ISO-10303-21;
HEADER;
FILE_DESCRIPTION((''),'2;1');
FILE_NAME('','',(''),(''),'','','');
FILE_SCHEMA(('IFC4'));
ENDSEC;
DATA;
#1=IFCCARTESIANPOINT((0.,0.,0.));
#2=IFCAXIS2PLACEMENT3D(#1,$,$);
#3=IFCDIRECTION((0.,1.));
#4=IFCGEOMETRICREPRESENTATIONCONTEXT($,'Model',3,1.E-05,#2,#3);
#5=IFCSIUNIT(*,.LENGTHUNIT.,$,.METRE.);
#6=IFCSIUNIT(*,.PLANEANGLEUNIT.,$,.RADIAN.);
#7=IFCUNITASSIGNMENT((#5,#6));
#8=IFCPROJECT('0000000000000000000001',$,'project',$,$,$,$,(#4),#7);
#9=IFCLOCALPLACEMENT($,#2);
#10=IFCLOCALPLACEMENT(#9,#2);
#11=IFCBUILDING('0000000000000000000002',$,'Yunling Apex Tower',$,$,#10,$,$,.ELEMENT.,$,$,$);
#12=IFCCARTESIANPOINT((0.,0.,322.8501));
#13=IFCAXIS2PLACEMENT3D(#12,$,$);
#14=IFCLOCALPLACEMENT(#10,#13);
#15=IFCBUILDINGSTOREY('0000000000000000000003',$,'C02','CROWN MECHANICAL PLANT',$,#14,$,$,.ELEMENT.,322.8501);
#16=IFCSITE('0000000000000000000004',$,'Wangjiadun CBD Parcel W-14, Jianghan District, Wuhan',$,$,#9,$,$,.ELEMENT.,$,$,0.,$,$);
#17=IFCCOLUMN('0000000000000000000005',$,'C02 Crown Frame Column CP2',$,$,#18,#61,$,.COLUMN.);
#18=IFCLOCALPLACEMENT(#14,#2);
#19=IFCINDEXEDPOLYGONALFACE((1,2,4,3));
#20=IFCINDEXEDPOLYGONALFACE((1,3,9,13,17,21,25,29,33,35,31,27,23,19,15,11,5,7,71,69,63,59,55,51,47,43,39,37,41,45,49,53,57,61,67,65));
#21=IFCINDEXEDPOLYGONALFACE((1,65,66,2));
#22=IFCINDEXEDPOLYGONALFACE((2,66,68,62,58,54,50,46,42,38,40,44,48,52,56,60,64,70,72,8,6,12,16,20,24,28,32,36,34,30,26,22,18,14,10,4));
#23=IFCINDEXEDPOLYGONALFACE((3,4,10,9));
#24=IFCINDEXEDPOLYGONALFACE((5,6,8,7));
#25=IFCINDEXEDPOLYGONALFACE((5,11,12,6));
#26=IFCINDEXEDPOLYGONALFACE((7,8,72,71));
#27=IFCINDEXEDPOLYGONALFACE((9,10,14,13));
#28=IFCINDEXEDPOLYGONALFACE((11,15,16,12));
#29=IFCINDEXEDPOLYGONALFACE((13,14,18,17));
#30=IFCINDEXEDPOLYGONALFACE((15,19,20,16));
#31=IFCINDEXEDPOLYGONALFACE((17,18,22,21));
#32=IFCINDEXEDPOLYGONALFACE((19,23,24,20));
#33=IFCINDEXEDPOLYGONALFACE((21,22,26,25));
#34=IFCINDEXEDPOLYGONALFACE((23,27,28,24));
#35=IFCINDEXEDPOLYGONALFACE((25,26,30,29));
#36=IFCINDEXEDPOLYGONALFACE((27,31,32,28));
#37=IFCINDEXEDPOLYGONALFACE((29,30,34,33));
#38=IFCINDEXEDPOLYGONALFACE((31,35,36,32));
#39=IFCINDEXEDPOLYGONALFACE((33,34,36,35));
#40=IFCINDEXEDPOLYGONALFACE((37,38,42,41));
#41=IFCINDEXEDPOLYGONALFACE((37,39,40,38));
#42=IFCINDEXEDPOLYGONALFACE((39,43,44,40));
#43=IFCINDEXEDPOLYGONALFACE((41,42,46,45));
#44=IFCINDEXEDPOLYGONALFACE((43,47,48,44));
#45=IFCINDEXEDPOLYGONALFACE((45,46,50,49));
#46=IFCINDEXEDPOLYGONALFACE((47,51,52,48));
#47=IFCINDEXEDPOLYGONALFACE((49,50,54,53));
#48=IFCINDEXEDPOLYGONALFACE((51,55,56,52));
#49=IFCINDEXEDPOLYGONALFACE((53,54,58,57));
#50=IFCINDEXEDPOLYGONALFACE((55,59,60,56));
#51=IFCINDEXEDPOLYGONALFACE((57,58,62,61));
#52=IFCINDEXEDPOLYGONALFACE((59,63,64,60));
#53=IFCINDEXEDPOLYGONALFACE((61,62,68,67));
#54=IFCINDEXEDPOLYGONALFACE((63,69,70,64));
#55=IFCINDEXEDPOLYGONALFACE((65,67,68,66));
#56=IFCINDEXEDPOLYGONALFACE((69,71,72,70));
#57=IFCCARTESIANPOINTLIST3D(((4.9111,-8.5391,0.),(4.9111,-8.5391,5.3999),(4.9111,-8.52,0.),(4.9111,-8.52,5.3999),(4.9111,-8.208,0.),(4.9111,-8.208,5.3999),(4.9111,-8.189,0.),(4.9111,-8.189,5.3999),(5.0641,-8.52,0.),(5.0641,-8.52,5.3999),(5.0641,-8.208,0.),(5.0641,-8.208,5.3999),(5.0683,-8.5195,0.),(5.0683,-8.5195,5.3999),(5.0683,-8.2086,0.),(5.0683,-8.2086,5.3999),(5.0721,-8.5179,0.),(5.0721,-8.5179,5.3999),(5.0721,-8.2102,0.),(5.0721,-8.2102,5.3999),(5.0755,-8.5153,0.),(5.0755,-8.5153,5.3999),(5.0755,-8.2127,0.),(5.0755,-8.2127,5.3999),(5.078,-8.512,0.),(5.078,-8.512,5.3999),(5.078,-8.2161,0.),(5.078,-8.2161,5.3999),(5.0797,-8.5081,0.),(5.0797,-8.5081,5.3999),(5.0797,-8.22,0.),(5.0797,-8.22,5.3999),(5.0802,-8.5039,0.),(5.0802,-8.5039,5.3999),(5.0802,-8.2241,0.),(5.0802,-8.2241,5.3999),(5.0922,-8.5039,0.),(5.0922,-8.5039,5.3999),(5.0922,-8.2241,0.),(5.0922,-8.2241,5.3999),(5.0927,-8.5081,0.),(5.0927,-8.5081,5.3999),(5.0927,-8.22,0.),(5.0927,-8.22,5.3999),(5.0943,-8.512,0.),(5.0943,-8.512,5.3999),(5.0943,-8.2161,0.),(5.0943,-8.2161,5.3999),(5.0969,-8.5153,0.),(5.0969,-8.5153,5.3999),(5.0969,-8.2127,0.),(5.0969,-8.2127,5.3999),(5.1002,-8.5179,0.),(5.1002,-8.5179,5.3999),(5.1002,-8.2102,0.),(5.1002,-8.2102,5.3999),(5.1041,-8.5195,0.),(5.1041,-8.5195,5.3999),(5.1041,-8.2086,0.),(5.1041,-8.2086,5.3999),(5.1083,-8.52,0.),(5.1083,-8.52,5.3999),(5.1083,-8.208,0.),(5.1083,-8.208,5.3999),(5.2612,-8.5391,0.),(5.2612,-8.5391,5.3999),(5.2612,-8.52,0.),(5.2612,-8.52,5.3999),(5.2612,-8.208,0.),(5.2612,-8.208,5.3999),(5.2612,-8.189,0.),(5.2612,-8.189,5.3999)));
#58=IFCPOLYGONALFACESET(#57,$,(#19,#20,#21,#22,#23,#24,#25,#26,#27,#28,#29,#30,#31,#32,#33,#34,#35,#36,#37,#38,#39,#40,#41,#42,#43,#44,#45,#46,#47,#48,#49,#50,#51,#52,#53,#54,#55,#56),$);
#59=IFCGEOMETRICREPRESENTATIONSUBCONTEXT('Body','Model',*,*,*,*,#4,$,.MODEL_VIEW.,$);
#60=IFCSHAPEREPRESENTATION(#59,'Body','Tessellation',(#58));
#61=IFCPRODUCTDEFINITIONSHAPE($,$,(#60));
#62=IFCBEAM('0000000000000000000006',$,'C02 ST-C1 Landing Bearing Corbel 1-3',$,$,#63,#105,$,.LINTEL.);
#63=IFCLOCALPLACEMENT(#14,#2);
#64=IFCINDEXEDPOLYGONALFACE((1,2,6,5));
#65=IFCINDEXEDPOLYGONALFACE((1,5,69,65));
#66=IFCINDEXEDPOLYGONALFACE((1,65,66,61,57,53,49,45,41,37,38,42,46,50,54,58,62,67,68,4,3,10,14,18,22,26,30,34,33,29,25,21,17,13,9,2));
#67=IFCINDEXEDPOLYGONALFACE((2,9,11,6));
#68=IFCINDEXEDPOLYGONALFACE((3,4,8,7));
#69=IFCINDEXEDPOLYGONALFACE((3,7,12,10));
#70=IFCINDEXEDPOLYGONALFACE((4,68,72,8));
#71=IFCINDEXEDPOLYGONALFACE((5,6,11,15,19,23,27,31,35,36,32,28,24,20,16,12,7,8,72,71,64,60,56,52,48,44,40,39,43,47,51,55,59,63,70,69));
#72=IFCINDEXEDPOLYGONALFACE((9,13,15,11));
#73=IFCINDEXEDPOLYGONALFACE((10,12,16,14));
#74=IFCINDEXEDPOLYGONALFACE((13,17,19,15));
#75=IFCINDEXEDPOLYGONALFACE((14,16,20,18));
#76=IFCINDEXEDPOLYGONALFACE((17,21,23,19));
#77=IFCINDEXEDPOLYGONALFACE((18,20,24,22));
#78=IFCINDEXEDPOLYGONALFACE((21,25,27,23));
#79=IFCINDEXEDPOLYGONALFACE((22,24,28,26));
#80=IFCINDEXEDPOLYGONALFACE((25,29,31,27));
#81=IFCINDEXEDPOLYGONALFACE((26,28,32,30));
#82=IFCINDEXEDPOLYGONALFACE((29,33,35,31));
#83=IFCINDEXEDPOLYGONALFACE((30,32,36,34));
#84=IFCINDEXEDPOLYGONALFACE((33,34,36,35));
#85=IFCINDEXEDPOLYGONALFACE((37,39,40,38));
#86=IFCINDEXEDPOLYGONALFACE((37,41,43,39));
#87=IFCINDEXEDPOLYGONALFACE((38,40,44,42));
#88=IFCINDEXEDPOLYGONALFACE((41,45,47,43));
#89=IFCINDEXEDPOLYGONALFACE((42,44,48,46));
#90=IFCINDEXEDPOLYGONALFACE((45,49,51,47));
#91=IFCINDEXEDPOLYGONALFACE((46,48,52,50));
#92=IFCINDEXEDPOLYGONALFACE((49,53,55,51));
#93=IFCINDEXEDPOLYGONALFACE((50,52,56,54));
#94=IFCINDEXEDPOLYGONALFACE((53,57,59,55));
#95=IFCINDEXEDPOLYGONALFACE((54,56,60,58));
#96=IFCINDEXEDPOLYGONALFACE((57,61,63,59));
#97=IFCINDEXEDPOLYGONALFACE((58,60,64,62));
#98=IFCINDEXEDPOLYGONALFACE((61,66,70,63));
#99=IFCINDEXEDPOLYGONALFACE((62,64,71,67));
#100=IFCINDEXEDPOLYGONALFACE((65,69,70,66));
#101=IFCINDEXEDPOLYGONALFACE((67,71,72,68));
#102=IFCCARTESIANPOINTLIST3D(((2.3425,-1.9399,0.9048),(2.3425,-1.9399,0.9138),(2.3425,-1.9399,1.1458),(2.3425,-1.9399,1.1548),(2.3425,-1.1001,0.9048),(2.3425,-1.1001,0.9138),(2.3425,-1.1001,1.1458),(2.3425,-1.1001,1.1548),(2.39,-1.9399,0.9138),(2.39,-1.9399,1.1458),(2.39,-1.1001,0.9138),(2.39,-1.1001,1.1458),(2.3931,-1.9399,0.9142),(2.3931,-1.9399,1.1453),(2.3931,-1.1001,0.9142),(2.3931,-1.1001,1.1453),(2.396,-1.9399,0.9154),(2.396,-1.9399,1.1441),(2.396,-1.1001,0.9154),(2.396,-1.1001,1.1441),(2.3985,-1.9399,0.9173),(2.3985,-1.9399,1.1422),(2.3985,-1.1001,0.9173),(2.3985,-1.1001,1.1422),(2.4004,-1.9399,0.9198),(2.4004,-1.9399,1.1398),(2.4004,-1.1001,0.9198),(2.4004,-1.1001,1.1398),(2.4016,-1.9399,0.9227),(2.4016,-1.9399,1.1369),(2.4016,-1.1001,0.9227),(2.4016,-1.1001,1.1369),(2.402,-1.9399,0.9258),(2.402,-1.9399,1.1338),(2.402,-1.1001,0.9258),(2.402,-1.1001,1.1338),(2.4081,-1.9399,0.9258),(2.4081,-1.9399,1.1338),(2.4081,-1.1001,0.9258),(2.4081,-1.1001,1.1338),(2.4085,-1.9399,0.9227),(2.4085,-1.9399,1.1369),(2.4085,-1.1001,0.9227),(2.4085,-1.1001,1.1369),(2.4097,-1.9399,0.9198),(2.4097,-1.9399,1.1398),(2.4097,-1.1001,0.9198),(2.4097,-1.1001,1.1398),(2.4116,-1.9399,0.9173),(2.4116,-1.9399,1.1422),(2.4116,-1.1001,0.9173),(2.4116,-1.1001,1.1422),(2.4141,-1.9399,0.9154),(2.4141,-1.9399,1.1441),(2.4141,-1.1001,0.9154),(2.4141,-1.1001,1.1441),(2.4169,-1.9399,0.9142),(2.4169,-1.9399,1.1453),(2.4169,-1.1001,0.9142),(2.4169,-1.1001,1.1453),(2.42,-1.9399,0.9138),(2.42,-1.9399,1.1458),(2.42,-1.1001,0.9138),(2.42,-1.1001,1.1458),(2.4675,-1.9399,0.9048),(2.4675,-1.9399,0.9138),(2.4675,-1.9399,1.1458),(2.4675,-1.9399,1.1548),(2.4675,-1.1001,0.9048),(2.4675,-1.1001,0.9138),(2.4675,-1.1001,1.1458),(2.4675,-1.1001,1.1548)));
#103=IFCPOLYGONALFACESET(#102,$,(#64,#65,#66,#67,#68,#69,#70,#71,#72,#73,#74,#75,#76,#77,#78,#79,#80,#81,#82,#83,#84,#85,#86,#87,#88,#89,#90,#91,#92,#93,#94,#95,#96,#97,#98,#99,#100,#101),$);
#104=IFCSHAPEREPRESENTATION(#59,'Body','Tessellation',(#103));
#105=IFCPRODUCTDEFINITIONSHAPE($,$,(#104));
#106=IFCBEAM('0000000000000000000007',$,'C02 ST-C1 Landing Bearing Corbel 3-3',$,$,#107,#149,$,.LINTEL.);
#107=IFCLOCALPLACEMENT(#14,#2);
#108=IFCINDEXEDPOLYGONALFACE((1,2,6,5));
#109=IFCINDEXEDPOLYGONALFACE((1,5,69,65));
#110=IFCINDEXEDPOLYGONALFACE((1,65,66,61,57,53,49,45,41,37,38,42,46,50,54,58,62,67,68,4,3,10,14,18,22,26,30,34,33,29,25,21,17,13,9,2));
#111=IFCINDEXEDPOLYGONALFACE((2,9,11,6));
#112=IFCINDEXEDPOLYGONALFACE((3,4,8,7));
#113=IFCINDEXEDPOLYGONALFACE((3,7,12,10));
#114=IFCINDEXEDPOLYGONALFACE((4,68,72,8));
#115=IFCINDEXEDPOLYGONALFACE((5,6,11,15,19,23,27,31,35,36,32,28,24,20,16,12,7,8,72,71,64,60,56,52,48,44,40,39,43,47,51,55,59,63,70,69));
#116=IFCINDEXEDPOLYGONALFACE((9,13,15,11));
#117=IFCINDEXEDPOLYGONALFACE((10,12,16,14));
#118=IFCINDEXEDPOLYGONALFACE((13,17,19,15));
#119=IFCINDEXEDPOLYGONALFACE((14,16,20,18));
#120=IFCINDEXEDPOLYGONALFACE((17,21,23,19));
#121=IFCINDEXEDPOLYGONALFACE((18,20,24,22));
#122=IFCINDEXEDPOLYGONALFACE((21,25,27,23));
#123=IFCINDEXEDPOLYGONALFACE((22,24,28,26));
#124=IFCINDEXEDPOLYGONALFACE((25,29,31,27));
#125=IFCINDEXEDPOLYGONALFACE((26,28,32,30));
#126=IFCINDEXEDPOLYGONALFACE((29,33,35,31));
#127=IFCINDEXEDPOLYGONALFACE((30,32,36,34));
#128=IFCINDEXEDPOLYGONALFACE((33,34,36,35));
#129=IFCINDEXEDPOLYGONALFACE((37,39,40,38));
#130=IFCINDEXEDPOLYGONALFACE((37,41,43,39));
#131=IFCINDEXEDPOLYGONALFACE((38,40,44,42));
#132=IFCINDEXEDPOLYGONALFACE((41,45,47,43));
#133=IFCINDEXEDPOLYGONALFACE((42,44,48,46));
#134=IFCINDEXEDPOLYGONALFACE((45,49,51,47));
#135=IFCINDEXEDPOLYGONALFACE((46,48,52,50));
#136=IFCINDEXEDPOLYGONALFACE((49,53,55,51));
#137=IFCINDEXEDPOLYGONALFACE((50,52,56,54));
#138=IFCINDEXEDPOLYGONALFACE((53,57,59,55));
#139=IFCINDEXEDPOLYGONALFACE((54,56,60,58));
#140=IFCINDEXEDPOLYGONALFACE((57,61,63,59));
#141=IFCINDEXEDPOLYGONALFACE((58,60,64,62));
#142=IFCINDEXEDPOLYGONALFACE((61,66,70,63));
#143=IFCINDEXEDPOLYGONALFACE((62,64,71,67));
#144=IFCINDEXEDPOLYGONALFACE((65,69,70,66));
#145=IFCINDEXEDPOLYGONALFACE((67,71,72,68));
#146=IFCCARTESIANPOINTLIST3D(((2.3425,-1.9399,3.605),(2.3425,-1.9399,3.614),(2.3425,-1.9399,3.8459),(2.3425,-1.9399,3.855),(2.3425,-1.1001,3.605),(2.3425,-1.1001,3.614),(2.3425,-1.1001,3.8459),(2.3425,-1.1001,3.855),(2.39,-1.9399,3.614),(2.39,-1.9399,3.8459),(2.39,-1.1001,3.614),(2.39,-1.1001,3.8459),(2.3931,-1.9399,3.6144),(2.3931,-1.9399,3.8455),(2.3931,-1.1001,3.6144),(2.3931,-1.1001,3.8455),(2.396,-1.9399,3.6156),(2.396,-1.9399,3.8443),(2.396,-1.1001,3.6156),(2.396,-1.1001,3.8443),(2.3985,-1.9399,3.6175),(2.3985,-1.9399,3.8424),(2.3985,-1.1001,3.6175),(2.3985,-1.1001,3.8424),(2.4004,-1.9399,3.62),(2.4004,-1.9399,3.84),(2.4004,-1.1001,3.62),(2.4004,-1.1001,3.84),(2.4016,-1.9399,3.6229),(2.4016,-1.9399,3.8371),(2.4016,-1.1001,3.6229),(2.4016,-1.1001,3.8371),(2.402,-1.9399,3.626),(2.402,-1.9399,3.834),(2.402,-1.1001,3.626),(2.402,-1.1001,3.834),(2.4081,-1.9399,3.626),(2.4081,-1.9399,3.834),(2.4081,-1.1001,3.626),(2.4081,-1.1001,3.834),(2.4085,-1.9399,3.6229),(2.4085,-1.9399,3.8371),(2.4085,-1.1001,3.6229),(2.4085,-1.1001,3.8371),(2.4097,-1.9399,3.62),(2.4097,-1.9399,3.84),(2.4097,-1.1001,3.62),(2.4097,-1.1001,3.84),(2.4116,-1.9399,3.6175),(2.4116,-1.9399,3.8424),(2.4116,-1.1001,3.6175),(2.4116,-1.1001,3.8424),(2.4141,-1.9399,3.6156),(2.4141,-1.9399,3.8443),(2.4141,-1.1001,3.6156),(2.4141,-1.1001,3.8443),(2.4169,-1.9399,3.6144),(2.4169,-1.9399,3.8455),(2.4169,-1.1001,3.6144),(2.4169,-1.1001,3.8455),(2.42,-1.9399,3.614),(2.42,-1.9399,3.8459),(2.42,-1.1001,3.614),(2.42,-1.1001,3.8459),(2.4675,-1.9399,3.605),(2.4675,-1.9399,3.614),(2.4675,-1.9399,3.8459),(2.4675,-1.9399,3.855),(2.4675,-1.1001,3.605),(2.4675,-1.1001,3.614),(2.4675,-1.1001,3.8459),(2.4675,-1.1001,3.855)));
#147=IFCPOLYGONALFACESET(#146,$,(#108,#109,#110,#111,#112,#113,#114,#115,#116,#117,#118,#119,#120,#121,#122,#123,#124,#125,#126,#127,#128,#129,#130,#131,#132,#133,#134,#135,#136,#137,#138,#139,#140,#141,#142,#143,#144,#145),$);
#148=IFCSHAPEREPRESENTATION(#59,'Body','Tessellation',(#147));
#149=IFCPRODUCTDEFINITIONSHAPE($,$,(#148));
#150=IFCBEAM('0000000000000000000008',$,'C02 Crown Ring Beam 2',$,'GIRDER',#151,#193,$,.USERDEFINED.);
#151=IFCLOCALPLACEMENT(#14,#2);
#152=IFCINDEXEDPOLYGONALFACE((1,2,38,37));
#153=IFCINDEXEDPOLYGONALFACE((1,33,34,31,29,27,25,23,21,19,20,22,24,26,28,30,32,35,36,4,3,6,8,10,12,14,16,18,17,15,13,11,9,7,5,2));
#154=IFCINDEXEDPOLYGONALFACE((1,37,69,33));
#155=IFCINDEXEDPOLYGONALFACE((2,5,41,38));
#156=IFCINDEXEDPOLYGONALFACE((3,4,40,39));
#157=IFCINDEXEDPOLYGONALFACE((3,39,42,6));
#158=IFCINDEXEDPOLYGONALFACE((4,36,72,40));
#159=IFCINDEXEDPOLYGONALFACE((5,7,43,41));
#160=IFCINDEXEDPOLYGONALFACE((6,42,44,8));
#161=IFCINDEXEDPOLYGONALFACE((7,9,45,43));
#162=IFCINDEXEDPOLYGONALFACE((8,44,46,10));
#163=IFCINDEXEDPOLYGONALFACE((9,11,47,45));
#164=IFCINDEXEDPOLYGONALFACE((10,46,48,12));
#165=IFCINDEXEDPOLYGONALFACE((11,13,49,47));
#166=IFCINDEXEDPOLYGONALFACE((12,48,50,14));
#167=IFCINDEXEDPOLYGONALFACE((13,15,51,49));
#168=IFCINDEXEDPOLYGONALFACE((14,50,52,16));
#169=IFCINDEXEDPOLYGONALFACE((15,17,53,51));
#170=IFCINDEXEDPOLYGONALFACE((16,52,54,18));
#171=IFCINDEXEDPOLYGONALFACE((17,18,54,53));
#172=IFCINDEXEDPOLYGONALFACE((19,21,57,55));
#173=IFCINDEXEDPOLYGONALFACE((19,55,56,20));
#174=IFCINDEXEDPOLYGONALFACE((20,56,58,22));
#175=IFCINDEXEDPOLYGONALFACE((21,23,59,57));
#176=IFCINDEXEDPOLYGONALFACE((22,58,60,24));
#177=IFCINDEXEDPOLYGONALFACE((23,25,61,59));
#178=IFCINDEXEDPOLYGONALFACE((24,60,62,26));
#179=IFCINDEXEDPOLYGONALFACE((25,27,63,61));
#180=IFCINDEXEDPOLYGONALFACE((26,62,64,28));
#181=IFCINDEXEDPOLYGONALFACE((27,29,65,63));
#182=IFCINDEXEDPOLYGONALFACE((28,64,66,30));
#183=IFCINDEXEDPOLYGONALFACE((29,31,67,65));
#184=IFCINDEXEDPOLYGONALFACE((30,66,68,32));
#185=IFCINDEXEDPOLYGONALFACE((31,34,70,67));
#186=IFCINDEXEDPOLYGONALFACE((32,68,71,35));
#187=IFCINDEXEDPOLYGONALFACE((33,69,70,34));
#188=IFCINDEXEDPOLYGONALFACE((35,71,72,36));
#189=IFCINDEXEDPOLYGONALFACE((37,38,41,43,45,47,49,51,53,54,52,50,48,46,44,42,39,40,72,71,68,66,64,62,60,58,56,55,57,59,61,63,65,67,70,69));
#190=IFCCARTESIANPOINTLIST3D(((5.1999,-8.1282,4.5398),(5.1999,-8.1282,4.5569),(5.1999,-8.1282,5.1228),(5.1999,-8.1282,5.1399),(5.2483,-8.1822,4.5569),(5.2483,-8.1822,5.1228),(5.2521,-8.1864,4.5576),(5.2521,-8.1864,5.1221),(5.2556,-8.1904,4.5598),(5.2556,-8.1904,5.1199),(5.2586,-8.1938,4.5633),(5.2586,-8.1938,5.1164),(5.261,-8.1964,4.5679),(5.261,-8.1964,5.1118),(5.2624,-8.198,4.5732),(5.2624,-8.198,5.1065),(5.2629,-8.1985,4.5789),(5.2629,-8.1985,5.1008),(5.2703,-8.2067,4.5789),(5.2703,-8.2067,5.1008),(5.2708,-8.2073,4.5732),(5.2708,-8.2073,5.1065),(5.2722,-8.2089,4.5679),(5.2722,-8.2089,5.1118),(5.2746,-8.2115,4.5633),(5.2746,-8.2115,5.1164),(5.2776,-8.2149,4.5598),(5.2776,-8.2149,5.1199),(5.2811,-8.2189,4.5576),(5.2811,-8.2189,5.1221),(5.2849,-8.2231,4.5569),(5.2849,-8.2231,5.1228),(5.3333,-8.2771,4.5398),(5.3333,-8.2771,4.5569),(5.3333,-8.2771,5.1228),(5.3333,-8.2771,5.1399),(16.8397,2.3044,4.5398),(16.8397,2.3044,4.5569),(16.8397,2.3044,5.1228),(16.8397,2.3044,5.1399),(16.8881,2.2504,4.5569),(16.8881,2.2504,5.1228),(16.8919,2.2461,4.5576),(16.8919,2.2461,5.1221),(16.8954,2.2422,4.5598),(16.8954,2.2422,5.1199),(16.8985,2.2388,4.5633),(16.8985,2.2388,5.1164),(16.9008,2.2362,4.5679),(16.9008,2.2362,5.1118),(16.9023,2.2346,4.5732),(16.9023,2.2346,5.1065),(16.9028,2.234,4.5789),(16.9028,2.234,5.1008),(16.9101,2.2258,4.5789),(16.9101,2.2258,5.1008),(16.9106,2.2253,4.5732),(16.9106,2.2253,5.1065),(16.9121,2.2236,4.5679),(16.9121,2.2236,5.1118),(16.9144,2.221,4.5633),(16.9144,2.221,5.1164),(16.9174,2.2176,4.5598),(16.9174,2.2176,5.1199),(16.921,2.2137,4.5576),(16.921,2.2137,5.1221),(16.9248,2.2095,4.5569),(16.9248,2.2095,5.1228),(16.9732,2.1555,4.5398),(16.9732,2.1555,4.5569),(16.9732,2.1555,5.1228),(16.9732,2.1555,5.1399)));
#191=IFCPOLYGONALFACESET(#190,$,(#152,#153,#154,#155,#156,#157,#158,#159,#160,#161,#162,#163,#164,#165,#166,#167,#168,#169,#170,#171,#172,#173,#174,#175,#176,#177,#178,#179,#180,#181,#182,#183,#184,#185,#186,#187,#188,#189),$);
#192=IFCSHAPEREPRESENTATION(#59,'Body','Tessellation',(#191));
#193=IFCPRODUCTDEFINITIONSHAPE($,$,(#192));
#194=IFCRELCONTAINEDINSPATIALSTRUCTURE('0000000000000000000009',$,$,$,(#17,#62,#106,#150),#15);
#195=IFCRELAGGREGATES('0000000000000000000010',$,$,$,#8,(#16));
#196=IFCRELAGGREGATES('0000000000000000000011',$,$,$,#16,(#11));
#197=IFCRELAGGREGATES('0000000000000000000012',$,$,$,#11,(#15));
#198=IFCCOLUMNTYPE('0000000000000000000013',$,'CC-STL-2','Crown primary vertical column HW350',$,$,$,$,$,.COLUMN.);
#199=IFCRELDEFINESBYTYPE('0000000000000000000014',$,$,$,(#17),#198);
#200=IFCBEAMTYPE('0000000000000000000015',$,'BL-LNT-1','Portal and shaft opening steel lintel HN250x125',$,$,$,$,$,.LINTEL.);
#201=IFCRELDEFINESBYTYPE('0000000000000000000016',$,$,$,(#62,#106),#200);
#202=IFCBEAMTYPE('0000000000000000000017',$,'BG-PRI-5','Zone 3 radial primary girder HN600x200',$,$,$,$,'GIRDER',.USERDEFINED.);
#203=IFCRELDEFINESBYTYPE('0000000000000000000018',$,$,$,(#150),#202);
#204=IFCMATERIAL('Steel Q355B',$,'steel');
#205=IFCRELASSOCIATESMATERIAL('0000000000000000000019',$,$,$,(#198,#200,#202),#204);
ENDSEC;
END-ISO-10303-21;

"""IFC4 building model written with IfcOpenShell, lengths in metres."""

from ifc_helpers import new_model, si_unit, direction, frame, origin, origin_2d, place, context, subcontext, project, spatial, i_section, extrude, source, transform, mapped, material, material_profile, profile_set, type_object, element, save


model = new_model("IFC4")

# Units and contexts
model_context = context("Model", 3, precision=1e-05, world=origin(), true_north=direction((0.0, 1.0)))
body_context = subcontext(model_context, "Body", "Model", "MODEL_VIEW")
ifc_project = project(units=[si_unit("LENGTHUNIT", "METRE"), si_unit("PLANEANGLEUNIT", "RADIAN")], contexts=[model_context])

# Site, building, storey
site_placement = place(None, origin())
site = spatial("IfcSite", under=ifc_project, at=site_placement, Name="Wangjiadun CBD Parcel W-14, Jianghan District, Wuhan", CompositionType="ELEMENT", RefElevation=0.0)
building_placement = place(site_placement, origin())
building = spatial("IfcBuilding", under=site, at=building_placement, Name="Yunling Apex Tower", CompositionType="ELEMENT")
storey_placement = place(building_placement, frame((0.0, 0.0, 322.8501)))
storey = spatial("IfcBuildingStorey", under=building, at=storey_placement, Name="C02", Description="CROWN MECHANICAL PLANT", CompositionType="ELEMENT", Elevation=322.8501)

# Column
ifc_material_1 = material(Name="Steel Q355B", Category="steel")
ifc_material_profile_1 = material_profile(ifc_material_1, i_section(OverallWidth=0.3501, OverallDepth=0.3501, WebThickness=0.012, FlangeThickness=0.019, FilletRadius=0.0161, at=origin_2d()))
ifc_profile_set_1 = profile_set([ifc_material_profile_1], Name="Steel Q355B")
column_type = type_object("IfcColumnType", Name="CC-STL-2", Description="Crown primary vertical column HW350", PredefinedType="COLUMN", material=ifc_profile_set_1)
shared_shape_1 = source(origin(), body_context, "Body", "SweptSolid", [
    extrude(i_section(OverallWidth=0.3501, OverallDepth=0.3501, WebThickness=0.012, FlangeThickness=0.019, FilletRadius=0.0161, at=origin_2d()), origin(), (0.0, 0.0, 1.0), 5.3999),
])
column_placement = place(storey_placement, frame((5.0862, -8.364, 0.0), z_axis=(0.0, 0.0, 1.0), x_axis=(1.0, 0.0, 0.0)))
element("IfcColumn", 1, at=column_placement, inside=storey, type_object=column_type, Name="C02 Crown Frame Column CP2", PredefinedType="COLUMN", context=body_context, shape_type="MappedRepresentation", body=[
    mapped(shared_shape_1, transform((0.0, 0.0, 0.0), scale=1.0)),
])

# Beams
ifc_material_profile_2 = material_profile(ifc_material_1, i_section(OverallWidth=0.125, OverallDepth=0.25, WebThickness=0.0061, FlangeThickness=0.009, FilletRadius=0.012, at=origin_2d()))
ifc_profile_set_2 = profile_set([ifc_material_profile_2], Name="Steel Q355B")
beam_type_1 = type_object("IfcBeamType", Name="BL-LNT-1", Description="Portal and shaft opening steel lintel HN250x125", PredefinedType="LINTEL", material=ifc_profile_set_2)
shared_shape_2 = source(origin(), body_context, "Body", "SweptSolid", [
    extrude(i_section(OverallWidth=0.125, OverallDepth=0.25, WebThickness=0.0061, FlangeThickness=0.009, FilletRadius=0.012, at=origin_2d()), origin(), (0.0, 0.0, 1.0), 0.8398),
])
for number, where, z_axis, x_axis, name in (
    (2, (2.405, -1.9399, 1.0298), (0.0, 1.0, 0.0), (-1.0, 0.0, 0.0), "C02 ST-C1 Landing Bearing Corbel 1-3"),
    (3, (2.405, -1.9399, 3.73), (0.0, 1.0, 0.0), (-1.0, 0.0, 0.0), "C02 ST-C1 Landing Bearing Corbel 3-3"),
):
    element("IfcBeam", number, at=place(storey_placement, frame(where, z_axis=z_axis, x_axis=x_axis)), inside=storey, type_object=beam_type_1, Name=name, PredefinedType="LINTEL", context=body_context, shape_type="MappedRepresentation", body=[
        mapped(shared_shape_2, transform((0.0, 0.0, 0.0), scale=1.0)),
    ])
ifc_material_profile_3 = material_profile(ifc_material_1, i_section(OverallWidth=0.2, OverallDepth=0.6001, WebThickness=0.011, FlangeThickness=0.0171, FilletRadius=0.022, at=origin_2d()))
ifc_profile_set_3 = profile_set([ifc_material_profile_3], Name="Steel Q355B")
beam_type_2 = type_object("IfcBeamType", Name="BG-PRI-5", Description="Zone 3 radial primary girder HN600x200", ElementType="GIRDER", PredefinedType="USERDEFINED", material=ifc_profile_set_3)
shared_shape_3 = source(origin(), body_context, "Body", "SweptSolid", [
    extrude(i_section(OverallWidth=0.2, OverallDepth=0.6001, WebThickness=0.011, FlangeThickness=0.0171, FilletRadius=0.022, at=origin_2d()), origin(), (0.0, 0.0, 1.0), 15.6309),
])
beam_placement = place(storey_placement, frame((5.2666, -8.2026, 4.8398), z_axis=(0.74467, 0.667433, 0.0), x_axis=(-0.667433, 0.74467, 0.0)))
element("IfcBeam", 4, at=beam_placement, inside=storey, type_object=beam_type_2, Name="C02 Crown Ring Beam 2", ObjectType="GIRDER", PredefinedType="USERDEFINED", context=body_context, shape_type="MappedRepresentation", body=[
    mapped(shared_shape_3, transform((0.0, 0.0, 0.0), scale=1.0)),
])

save(model, "model.ifc")
